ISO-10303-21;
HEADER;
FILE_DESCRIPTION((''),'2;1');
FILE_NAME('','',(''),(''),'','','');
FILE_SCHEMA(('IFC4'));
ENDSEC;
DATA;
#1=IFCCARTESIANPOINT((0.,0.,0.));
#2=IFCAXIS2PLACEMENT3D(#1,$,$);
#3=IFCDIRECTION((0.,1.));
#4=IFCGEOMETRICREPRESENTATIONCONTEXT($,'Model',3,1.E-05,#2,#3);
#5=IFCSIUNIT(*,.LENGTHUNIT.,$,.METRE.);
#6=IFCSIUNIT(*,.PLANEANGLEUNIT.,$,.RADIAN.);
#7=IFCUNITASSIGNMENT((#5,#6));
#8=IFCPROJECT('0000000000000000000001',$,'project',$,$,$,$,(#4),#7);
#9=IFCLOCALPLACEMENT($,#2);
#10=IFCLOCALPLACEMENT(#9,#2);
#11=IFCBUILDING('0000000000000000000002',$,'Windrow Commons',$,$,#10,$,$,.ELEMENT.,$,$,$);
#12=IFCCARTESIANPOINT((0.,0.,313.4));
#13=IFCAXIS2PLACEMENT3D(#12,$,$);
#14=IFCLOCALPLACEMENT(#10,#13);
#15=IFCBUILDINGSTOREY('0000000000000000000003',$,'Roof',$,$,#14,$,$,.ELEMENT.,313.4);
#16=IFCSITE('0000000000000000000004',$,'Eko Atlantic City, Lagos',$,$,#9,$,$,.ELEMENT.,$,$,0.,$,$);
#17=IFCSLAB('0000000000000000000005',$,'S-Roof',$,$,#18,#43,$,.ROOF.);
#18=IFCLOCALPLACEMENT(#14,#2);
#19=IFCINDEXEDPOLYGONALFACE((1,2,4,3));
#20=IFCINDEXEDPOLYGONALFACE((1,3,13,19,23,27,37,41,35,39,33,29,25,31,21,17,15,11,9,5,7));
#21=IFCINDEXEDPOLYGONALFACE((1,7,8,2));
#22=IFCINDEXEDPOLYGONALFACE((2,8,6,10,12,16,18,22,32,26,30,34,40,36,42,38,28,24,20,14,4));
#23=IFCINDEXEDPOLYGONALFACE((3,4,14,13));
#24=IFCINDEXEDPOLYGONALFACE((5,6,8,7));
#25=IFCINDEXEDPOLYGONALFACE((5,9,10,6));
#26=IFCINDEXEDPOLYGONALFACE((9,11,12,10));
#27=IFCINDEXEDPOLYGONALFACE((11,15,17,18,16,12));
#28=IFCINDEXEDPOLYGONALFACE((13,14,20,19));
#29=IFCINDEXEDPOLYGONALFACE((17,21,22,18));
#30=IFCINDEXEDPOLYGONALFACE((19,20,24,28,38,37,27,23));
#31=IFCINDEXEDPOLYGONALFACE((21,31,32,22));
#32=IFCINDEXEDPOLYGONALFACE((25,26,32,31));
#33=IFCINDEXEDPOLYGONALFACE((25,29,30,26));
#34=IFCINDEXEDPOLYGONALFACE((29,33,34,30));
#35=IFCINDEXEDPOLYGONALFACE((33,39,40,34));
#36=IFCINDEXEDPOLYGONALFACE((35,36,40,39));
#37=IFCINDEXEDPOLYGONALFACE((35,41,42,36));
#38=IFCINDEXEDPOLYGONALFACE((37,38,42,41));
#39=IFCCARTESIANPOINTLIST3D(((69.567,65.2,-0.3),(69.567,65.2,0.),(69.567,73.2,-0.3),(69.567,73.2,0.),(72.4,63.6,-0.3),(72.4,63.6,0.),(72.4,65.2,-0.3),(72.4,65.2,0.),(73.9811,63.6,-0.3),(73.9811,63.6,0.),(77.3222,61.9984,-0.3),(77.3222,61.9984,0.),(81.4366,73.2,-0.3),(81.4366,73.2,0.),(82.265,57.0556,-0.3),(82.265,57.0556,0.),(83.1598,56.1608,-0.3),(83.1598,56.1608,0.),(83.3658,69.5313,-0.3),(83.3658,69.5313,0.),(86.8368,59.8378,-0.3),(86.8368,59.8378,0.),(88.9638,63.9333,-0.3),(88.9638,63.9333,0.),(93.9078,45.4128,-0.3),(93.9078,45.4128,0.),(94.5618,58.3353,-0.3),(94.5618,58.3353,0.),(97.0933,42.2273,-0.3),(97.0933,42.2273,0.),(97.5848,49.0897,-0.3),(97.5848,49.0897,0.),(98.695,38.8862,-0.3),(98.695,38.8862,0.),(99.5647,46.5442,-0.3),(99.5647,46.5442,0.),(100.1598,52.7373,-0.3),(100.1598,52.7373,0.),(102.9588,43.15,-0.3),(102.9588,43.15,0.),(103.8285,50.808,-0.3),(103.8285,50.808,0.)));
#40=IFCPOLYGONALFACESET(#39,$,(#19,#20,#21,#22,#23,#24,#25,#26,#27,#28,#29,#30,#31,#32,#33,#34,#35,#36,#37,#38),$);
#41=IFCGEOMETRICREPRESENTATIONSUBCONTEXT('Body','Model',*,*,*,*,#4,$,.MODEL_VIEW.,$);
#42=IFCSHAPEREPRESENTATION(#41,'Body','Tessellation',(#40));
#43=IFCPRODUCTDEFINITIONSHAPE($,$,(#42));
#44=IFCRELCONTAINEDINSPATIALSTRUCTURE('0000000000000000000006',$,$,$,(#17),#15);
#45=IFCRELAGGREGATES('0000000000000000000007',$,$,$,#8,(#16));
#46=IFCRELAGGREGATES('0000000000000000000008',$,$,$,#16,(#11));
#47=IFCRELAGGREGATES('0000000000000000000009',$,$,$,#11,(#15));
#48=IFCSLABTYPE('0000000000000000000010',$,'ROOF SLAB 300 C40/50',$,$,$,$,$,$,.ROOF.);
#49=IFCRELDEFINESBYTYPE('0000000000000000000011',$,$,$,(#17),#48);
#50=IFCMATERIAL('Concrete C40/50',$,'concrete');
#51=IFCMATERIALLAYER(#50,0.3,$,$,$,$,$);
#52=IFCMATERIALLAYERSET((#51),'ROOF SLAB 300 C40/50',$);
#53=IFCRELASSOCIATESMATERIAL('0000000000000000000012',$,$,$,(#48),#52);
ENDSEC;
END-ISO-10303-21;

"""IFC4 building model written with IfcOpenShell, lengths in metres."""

from ifc_helpers import new_model, si_unit, direction, frame, origin, place, context, subcontext, project, spatial, polyline, outline, extrude, material, layer, layer_set, type_object, element, save


model = new_model("IFC4")

# Units and contexts
model_context = context("Model", 3, precision=1e-05, world=origin(), true_north=direction((0.0, 1.0)))
body_context = subcontext(model_context, "Body", "Model", "MODEL_VIEW")
ifc_project = project(units=[si_unit("LENGTHUNIT", "METRE"), si_unit("PLANEANGLEUNIT", "RADIAN")], contexts=[model_context])

# Site, building, storey
site_placement = place(None, origin())
site = spatial("IfcSite", under=ifc_project, at=site_placement, Name="Eko Atlantic City, Lagos", CompositionType="ELEMENT", RefElevation=0.0)
building_placement = place(site_placement, origin())
building = spatial("IfcBuilding", under=site, at=building_placement, Name="Windrow Commons", CompositionType="ELEMENT")
storey_placement = place(building_placement, frame((0.0, 0.0, 313.4)))
storey = spatial("IfcBuildingStorey", under=building, at=storey_placement, Name="Roof", CompositionType="ELEMENT", Elevation=313.4)

# Slab
ifc_material_1 = material(Name="Concrete C40/50", Category="concrete")
ifc_layer_1 = layer(ifc_material_1, 0.3)
ifc_layer_set_1 = layer_set([ifc_layer_1], Name="ROOF SLAB 300 C40/50")
slab_type = type_object("IfcSlabType", Name="ROOF SLAB 300 C40/50", PredefinedType="ROOF", material=ifc_layer_set_1)
slab_placement = place(storey_placement, frame((0.0, 0.0, -0.3)))
element("IfcSlab", 1, at=slab_placement, inside=storey, type_object=slab_type, Name="S-Roof", PredefinedType="ROOF", context=body_context, shape_type="SweptSolid", body=[
    extrude(outline(polyline([(98.695, 38.8862), (102.9588, 43.15), (99.5647, 46.5442), (103.8285, 50.808), (100.1598, 52.7373), (94.5618, 58.3353), (88.9638, 63.9333), (83.3658, 69.5313), (81.4366, 73.2), (69.567, 73.2), (69.567, 65.2), (72.4, 65.2), (72.4, 63.6), (73.9811, 63.6), (77.3222, 61.9984), (82.265, 57.0556), (83.1598, 56.1608), (86.8368, 59.8378), (97.5848, 49.0897), (93.9078, 45.4128), (97.0933, 42.2273), (98.695, 38.8862)])), origin(), (0.0, 0.0, 1.0), 0.3),
])

save(model, "model.ifc")
